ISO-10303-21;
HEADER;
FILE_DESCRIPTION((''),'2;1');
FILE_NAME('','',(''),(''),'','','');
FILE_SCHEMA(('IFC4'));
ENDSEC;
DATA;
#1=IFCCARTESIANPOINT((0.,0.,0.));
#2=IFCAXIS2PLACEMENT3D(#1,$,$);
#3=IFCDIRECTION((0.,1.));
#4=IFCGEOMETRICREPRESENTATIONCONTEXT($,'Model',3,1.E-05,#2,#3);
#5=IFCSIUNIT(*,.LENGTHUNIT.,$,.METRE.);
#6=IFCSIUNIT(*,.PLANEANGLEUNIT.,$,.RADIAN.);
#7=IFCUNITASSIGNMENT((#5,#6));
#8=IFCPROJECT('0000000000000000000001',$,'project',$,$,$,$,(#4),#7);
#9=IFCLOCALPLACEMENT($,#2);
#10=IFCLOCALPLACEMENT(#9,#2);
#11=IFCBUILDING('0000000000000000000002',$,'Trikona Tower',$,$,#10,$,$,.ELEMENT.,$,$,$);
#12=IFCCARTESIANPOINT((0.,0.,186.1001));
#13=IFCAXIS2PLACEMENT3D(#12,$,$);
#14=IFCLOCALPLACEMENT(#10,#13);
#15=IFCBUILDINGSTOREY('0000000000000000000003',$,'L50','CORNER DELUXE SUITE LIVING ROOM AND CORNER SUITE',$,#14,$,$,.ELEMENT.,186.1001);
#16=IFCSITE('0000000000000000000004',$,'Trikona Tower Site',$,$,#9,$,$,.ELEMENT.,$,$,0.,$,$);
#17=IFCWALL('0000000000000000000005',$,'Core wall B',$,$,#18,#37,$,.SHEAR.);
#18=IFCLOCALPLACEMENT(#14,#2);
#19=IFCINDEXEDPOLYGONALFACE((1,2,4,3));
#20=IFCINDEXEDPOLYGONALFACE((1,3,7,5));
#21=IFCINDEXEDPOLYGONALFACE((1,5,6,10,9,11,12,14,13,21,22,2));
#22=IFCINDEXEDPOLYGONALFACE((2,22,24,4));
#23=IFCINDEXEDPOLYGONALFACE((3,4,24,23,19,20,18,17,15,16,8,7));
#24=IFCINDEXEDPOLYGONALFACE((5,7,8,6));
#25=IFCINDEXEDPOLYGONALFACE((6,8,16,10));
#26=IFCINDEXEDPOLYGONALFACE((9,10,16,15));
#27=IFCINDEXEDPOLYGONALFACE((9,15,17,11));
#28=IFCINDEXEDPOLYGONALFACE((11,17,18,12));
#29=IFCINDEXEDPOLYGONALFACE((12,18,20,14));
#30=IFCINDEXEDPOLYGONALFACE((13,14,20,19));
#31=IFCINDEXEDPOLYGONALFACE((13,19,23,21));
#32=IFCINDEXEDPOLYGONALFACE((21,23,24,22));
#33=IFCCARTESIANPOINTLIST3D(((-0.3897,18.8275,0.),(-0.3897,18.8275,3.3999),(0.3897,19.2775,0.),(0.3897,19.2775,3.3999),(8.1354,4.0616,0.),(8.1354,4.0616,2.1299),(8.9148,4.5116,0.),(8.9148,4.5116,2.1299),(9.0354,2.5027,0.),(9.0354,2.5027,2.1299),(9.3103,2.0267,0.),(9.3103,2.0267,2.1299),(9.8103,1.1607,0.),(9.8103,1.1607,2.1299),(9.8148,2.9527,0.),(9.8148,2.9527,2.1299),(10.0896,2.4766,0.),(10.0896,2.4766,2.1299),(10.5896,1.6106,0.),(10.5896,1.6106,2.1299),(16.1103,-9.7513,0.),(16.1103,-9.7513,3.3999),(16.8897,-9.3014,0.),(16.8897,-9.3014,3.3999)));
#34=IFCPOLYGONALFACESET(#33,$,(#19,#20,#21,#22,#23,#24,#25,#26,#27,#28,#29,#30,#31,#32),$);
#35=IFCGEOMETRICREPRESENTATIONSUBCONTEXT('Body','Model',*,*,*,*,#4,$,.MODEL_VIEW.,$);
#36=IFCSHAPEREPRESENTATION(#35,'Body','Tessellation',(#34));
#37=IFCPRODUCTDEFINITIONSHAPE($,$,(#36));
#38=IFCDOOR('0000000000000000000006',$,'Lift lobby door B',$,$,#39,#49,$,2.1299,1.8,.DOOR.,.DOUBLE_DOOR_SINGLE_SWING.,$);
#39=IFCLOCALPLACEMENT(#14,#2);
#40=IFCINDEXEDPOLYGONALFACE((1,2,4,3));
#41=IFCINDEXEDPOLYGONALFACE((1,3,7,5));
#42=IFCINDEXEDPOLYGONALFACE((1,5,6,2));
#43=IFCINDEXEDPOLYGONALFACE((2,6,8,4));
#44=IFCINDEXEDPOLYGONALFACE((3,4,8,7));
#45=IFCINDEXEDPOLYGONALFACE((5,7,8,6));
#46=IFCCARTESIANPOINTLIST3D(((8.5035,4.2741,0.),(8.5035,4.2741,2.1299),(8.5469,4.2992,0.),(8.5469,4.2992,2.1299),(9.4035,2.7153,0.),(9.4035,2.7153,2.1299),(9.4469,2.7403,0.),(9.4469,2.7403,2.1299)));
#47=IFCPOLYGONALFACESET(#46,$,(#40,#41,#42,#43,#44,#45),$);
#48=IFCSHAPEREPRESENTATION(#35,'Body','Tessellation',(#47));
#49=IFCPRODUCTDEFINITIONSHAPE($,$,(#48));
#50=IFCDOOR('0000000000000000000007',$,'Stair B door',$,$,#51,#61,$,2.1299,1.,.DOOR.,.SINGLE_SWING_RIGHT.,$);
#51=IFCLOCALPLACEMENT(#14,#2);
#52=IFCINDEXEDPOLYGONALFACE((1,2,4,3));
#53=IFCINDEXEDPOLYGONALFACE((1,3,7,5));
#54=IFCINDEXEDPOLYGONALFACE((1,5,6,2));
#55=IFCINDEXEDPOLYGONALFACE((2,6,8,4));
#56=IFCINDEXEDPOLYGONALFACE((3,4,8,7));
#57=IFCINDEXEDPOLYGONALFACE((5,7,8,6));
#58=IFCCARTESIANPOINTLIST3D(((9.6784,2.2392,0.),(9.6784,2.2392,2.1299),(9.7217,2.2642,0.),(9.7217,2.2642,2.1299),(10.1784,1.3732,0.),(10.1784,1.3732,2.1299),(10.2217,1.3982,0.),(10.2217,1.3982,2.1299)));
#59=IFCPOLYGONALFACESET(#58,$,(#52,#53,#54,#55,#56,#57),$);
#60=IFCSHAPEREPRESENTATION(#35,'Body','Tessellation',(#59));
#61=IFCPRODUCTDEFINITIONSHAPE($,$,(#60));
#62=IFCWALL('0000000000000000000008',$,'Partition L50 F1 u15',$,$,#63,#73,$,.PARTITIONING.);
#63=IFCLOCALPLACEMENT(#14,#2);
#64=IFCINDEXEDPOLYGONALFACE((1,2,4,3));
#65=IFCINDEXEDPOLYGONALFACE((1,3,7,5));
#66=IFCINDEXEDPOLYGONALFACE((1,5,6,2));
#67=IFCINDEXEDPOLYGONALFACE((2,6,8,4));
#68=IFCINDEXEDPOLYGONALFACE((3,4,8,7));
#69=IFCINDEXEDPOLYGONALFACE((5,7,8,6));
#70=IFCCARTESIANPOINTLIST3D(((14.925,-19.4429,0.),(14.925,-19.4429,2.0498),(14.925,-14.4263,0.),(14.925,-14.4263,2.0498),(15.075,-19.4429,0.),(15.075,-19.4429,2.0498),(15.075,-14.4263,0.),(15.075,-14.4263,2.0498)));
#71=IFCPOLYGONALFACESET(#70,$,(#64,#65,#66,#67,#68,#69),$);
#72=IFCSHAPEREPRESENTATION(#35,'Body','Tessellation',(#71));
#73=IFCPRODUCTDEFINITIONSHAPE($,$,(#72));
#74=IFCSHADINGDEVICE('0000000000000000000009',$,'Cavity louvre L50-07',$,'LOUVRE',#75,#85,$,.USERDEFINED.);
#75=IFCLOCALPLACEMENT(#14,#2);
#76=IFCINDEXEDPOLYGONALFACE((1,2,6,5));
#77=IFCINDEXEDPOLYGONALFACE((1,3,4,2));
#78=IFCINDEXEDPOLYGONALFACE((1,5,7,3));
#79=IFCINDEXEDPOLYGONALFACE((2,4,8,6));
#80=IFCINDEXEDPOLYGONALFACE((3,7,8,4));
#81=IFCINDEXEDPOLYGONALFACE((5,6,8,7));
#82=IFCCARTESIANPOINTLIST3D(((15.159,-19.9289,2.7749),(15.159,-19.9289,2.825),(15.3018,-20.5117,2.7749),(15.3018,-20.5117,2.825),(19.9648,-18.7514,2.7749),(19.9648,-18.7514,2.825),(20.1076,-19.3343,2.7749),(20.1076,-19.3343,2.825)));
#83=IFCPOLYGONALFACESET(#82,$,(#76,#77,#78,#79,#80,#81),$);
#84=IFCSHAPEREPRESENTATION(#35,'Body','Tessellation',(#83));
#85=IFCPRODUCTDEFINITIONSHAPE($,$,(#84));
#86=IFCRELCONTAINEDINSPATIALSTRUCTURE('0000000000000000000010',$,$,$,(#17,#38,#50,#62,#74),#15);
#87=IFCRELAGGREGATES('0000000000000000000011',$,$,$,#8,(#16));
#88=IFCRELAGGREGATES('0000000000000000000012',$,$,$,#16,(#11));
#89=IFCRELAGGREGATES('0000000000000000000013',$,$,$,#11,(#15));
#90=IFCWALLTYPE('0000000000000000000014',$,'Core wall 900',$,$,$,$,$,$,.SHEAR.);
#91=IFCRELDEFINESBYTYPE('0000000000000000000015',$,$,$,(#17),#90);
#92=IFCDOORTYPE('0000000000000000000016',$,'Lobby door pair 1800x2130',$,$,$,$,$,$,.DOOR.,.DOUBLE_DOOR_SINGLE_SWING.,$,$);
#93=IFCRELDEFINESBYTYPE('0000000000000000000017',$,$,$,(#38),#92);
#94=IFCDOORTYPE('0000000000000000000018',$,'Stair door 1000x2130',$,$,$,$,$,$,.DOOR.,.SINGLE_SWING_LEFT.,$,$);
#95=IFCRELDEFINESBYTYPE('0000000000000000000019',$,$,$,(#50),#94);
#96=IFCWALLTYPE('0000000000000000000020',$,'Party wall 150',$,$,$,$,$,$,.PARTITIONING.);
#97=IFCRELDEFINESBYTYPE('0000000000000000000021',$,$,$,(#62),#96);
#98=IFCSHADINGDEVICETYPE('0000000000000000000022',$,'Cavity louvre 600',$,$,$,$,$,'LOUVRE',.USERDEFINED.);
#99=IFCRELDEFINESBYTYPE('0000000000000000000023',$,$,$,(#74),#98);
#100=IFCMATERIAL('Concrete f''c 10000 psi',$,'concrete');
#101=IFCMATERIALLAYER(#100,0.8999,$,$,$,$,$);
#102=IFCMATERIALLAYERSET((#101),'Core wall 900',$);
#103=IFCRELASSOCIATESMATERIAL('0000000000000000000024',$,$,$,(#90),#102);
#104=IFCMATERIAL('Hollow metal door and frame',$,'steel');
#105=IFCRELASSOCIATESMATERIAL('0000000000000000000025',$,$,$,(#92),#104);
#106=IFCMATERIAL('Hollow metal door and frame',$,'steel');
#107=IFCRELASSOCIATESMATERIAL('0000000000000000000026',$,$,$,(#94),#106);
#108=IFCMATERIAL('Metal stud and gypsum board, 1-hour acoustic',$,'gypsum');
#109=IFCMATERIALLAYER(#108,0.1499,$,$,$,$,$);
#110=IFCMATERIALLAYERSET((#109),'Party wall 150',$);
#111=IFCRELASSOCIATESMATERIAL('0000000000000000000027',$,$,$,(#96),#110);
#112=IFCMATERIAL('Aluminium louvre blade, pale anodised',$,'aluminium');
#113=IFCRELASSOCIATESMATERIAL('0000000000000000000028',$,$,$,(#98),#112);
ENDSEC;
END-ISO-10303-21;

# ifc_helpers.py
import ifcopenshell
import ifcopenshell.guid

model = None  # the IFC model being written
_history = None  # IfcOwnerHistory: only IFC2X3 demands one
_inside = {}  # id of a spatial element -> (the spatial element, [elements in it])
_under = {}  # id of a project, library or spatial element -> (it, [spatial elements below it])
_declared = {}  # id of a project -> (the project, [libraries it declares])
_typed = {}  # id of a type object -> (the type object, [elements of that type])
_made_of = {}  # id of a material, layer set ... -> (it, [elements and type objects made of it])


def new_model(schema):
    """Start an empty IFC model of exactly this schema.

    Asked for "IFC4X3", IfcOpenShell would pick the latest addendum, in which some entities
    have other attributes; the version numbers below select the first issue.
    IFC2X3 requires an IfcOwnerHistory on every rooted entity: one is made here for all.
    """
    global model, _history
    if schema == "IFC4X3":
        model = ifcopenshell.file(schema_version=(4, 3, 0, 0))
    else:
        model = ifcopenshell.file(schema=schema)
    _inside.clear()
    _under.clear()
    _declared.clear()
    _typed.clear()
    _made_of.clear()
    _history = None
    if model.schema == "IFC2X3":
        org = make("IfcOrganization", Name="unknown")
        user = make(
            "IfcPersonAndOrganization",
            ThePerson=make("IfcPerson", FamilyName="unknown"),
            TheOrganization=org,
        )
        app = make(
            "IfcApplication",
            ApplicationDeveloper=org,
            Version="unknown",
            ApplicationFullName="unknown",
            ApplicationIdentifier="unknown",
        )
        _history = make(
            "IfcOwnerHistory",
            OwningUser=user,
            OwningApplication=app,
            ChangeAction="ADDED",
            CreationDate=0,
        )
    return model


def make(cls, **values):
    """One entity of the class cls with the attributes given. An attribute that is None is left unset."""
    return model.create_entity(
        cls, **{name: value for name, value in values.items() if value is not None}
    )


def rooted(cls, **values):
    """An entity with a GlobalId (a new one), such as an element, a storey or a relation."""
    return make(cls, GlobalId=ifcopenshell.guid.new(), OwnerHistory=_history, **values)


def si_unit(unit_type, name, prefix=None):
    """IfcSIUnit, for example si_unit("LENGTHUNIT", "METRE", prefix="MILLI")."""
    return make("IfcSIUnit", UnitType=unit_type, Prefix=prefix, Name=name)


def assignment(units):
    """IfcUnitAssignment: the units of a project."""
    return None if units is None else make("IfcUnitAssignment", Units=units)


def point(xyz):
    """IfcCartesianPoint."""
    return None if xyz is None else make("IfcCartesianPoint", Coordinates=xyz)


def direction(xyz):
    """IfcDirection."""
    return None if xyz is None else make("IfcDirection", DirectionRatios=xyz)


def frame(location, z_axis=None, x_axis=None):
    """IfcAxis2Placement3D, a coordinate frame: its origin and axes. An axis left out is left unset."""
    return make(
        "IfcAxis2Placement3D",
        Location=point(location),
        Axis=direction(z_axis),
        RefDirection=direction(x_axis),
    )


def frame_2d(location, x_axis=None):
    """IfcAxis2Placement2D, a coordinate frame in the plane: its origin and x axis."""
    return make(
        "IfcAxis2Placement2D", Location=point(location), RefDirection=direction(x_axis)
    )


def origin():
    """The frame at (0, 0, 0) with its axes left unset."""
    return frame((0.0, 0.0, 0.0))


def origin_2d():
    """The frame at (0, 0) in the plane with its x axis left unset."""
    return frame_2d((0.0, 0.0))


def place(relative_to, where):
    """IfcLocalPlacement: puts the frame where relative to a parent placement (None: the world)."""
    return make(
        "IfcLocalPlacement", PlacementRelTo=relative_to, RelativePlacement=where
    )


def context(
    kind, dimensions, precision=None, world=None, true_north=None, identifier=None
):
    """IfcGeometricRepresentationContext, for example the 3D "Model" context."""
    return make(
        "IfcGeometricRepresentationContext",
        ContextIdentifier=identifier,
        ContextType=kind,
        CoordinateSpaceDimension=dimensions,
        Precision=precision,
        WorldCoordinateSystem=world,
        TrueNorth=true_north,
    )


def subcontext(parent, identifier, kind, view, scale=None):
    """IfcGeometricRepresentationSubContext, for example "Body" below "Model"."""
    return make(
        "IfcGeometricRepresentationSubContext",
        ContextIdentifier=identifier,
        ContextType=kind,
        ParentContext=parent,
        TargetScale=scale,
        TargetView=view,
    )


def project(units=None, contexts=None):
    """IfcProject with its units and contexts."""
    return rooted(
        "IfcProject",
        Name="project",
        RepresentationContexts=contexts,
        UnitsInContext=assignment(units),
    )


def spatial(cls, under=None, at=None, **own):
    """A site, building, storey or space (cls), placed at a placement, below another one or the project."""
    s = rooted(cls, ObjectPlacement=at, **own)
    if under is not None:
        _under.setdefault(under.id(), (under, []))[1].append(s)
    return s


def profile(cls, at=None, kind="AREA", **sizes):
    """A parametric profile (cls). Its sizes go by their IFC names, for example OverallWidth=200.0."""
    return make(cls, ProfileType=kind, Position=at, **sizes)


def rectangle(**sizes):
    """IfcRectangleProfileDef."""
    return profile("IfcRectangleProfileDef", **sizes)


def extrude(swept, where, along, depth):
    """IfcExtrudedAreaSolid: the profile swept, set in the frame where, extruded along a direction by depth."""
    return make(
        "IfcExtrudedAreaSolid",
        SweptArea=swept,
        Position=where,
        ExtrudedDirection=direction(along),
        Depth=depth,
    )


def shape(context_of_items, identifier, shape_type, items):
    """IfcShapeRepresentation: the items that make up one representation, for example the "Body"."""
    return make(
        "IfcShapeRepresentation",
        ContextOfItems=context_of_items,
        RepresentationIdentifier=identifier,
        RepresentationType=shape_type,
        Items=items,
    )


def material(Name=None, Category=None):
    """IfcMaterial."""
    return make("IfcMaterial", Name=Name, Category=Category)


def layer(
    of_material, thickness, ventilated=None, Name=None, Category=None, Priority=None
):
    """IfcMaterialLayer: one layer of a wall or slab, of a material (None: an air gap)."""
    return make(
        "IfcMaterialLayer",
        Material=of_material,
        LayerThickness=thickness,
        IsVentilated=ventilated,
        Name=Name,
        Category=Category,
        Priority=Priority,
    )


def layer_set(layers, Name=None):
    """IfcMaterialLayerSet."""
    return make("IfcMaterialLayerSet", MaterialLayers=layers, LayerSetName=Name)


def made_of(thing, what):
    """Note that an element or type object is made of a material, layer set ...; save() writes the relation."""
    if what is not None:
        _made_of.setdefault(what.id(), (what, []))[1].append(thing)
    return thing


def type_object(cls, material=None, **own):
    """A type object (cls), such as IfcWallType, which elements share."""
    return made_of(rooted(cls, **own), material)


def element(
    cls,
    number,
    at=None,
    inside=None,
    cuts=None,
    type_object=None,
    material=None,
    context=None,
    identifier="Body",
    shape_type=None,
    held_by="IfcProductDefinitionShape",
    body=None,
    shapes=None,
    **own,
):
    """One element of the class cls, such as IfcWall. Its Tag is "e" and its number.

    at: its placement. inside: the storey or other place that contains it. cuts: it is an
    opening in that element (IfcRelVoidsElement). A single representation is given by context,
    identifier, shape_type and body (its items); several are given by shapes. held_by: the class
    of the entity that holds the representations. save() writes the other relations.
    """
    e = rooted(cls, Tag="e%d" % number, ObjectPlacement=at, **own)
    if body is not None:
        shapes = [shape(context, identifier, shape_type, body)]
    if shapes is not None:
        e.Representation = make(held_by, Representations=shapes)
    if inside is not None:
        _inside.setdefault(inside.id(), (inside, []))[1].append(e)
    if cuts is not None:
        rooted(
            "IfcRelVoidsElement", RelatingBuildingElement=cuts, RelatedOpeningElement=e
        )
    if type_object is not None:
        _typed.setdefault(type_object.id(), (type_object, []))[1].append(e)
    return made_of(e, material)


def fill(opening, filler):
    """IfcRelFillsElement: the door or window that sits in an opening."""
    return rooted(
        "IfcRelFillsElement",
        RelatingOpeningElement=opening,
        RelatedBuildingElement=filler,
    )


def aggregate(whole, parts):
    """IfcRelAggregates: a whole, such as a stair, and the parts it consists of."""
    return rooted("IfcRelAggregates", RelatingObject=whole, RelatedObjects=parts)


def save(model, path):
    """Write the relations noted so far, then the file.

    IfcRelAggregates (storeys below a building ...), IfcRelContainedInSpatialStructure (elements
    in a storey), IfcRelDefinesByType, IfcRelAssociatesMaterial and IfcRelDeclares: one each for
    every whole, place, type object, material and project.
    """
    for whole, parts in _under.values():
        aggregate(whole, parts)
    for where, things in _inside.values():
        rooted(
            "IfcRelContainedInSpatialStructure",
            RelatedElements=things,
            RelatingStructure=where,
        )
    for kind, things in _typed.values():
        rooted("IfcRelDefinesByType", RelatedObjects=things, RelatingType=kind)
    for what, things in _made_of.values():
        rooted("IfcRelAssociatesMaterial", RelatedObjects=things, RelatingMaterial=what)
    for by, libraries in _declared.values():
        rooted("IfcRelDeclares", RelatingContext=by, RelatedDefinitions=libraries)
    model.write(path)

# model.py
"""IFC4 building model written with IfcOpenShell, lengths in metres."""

from ifc_helpers import new_model, si_unit, direction, frame, frame_2d, origin, origin_2d, place, context, subcontext, project, spatial, rectangle, extrude, material, layer, layer_set, type_object, element, fill, save


model = new_model("IFC4")

# Units and contexts
model_context = context("Model", 3, precision=1e-05, world=origin(), true_north=direction((0.0, 1.0)))
body_context = subcontext(model_context, "Body", "Model", "MODEL_VIEW")
ifc_project = project(units=[si_unit("LENGTHUNIT", "METRE"), si_unit("PLANEANGLEUNIT", "RADIAN")], contexts=[model_context])

# Site, building, storey
site_placement = place(None, origin())
site = spatial("IfcSite", under=ifc_project, at=site_placement, Name="Trikona Tower Site", CompositionType="ELEMENT", RefElevation=0.0)
building_placement = place(site_placement, origin())
building = spatial("IfcBuilding", under=site, at=building_placement, Name="Trikona Tower", CompositionType="ELEMENT")
storey_placement = place(building_placement, frame((0.0, 0.0, 186.1001)))
storey = spatial("IfcBuildingStorey", under=building, at=storey_placement, Name="L50", Description="CORNER DELUXE SUITE LIVING ROOM AND CORNER SUITE", CompositionType="ELEMENT", Elevation=186.1001)

# Wall, openings, doors
ifc_material_1 = material(Name="Concrete f'c 10000 psi", Category="concrete")
ifc_layer_1 = layer(ifc_material_1, 0.8999)
ifc_layer_set_1 = layer_set([ifc_layer_1], Name="Core wall 900")
wall_type_1 = type_object("IfcWallType", Name="Core wall 900", PredefinedType="SHEAR", material=ifc_layer_set_1)
wall_1_placement = place(storey_placement, frame((16.5, -9.5264, 0.0), z_axis=(0.0, 0.0, 1.0), x_axis=(-0.5, 0.866026, 0.0)))
wall_1 = element("IfcWall", 1, at=wall_1_placement, inside=storey, type_object=wall_type_1, Name="Core wall B", PredefinedType="SHEAR", context=body_context, shape_type="SweptSolid", body=[
    extrude(rectangle(XDim=33.0, YDim=0.8999, at=frame_2d((16.5, 0.0))), origin(), (0.0, 0.0, 1.0), 3.3999),
])
opening_1_placement = place(wall_1_placement, frame((14.1499, 0.0, 0.0)))
opening_1 = element("IfcOpeningElement", 2, at=opening_1_placement, cuts=wall_1, PredefinedType="OPENING", context=body_context, shape_type="SweptSolid", body=[
    extrude(rectangle(XDim=1.8, YDim=2.1299, at=frame_2d((0.8999, 1.0649))), frame((0.0, 0.46, 0.0), z_axis=(0.0, -1.0, 0.0), x_axis=(1.0, 0.0, 0.0)), (0.0, 0.0, 1.0), 0.9199),
])
opening_2_placement = place(wall_1_placement, frame((12.6001, 0.0, 0.0)))
opening_2 = element("IfcOpeningElement", 3, at=opening_2_placement, cuts=wall_1, PredefinedType="OPENING", context=body_context, shape_type="SweptSolid", body=[
    extrude(rectangle(XDim=1.0, YDim=2.1299, at=frame_2d((0.5, 1.0649))), frame((0.0, 0.46, 0.0), z_axis=(0.0, -1.0, 0.0), x_axis=(1.0, 0.0, 0.0)), (0.0, 0.0, 1.0), 0.9199),
])
ifc_material_2 = material(Name="Hollow metal door and frame", Category="steel")
door_type_1 = type_object("IfcDoorType", Name="Lobby door pair 1800x2130", OperationType="DOUBLE_DOOR_SINGLE_SWING", PredefinedType="DOOR", material=ifc_material_2)
door_1_placement = place(opening_1_placement, origin())
door_1 = element("IfcDoor", 4, at=door_1_placement, inside=storey, type_object=door_type_1, Name="Lift lobby door B", OperationType="DOUBLE_DOOR_SINGLE_SWING", OverallHeight=2.1299, OverallWidth=1.8, PredefinedType="DOOR", context=body_context, shape_type="SweptSolid", body=[
    extrude(rectangle(XDim=1.8, YDim=2.1299, at=frame_2d((0.8999, 1.0649))), frame((0.0, 0.0249, 0.0), z_axis=(0.0, -1.0, 0.0), x_axis=(1.0, 0.0, 0.0)), (0.0, 0.0, 1.0), 0.05),
])
fill(opening_1, door_1)
ifc_material_3 = material(Name="Hollow metal door and frame", Category="steel")
door_type_2 = type_object("IfcDoorType", Name="Stair door 1000x2130", OperationType="SINGLE_SWING_LEFT", PredefinedType="DOOR", material=ifc_material_3)
door_2_placement = place(opening_2_placement, origin())
door_2 = element("IfcDoor", 5, at=door_2_placement, inside=storey, type_object=door_type_2, Name="Stair B door", OperationType="SINGLE_SWING_RIGHT", OverallHeight=2.1299, OverallWidth=1.0, PredefinedType="DOOR", context=body_context, shape_type="SweptSolid", body=[
    extrude(rectangle(XDim=1.0, YDim=2.1299, at=frame_2d((0.5, 1.0649))), frame((0.0, 0.0249, 0.0), z_axis=(0.0, -1.0, 0.0), x_axis=(1.0, 0.0, 0.0)), (0.0, 0.0, 1.0), 0.05),
])
fill(opening_2, door_2)

# Wall
ifc_material_4 = material(Name="Metal stud and gypsum board, 1-hour acoustic", Category="gypsum")
ifc_layer_2 = layer(ifc_material_4, 0.1499)
ifc_layer_set_2 = layer_set([ifc_layer_2], Name="Party wall 150")
wall_type_2 = type_object("IfcWallType", Name="Party wall 150", PredefinedType="PARTITIONING", material=ifc_layer_set_2)
wall_2_placement = place(storey_placement, frame((15.0, -14.4263, 0.0), z_axis=(0.0, 0.0, 1.0), x_axis=(0.0, -1.0, 0.0)))
element("IfcWall", 6, at=wall_2_placement, inside=storey, type_object=wall_type_2, Name="Partition L50 F1 u15", PredefinedType="PARTITIONING", context=body_context, shape_type="SweptSolid", body=[
    extrude(rectangle(XDim=5.0166, YDim=0.1499, at=frame_2d((2.5083, 0.0))), origin(), (0.0, 0.0, 1.0), 2.0498),
])

# Shading device
ifc_material_5 = material(Name="Aluminium louvre blade, pale anodised", Category="aluminium")
shading_device_type = type_object("IfcShadingDeviceType", Name="Cavity louvre 600", ElementType="LOUVRE", PredefinedType="USERDEFINED", material=ifc_material_5)
shading_device_placement = place(storey_placement, frame((17.6333, -19.6316, 2.7749), z_axis=(0.0, 0.0, 1.0), x_axis=(0.971274, 0.237962, 0.0)))
element("IfcShadingDevice", 7, at=shading_device_placement, inside=storey, type_object=shading_device_type, Name="Cavity louvre L50-07", ObjectType="LOUVRE", PredefinedType="USERDEFINED", context=body_context, shape_type="SweptSolid", body=[
    extrude(rectangle(XDim=4.948, YDim=0.6001, at=origin_2d()), origin(), (0.0, 0.0, 1.0), 0.05),
])

save(model, "model.ifc")
